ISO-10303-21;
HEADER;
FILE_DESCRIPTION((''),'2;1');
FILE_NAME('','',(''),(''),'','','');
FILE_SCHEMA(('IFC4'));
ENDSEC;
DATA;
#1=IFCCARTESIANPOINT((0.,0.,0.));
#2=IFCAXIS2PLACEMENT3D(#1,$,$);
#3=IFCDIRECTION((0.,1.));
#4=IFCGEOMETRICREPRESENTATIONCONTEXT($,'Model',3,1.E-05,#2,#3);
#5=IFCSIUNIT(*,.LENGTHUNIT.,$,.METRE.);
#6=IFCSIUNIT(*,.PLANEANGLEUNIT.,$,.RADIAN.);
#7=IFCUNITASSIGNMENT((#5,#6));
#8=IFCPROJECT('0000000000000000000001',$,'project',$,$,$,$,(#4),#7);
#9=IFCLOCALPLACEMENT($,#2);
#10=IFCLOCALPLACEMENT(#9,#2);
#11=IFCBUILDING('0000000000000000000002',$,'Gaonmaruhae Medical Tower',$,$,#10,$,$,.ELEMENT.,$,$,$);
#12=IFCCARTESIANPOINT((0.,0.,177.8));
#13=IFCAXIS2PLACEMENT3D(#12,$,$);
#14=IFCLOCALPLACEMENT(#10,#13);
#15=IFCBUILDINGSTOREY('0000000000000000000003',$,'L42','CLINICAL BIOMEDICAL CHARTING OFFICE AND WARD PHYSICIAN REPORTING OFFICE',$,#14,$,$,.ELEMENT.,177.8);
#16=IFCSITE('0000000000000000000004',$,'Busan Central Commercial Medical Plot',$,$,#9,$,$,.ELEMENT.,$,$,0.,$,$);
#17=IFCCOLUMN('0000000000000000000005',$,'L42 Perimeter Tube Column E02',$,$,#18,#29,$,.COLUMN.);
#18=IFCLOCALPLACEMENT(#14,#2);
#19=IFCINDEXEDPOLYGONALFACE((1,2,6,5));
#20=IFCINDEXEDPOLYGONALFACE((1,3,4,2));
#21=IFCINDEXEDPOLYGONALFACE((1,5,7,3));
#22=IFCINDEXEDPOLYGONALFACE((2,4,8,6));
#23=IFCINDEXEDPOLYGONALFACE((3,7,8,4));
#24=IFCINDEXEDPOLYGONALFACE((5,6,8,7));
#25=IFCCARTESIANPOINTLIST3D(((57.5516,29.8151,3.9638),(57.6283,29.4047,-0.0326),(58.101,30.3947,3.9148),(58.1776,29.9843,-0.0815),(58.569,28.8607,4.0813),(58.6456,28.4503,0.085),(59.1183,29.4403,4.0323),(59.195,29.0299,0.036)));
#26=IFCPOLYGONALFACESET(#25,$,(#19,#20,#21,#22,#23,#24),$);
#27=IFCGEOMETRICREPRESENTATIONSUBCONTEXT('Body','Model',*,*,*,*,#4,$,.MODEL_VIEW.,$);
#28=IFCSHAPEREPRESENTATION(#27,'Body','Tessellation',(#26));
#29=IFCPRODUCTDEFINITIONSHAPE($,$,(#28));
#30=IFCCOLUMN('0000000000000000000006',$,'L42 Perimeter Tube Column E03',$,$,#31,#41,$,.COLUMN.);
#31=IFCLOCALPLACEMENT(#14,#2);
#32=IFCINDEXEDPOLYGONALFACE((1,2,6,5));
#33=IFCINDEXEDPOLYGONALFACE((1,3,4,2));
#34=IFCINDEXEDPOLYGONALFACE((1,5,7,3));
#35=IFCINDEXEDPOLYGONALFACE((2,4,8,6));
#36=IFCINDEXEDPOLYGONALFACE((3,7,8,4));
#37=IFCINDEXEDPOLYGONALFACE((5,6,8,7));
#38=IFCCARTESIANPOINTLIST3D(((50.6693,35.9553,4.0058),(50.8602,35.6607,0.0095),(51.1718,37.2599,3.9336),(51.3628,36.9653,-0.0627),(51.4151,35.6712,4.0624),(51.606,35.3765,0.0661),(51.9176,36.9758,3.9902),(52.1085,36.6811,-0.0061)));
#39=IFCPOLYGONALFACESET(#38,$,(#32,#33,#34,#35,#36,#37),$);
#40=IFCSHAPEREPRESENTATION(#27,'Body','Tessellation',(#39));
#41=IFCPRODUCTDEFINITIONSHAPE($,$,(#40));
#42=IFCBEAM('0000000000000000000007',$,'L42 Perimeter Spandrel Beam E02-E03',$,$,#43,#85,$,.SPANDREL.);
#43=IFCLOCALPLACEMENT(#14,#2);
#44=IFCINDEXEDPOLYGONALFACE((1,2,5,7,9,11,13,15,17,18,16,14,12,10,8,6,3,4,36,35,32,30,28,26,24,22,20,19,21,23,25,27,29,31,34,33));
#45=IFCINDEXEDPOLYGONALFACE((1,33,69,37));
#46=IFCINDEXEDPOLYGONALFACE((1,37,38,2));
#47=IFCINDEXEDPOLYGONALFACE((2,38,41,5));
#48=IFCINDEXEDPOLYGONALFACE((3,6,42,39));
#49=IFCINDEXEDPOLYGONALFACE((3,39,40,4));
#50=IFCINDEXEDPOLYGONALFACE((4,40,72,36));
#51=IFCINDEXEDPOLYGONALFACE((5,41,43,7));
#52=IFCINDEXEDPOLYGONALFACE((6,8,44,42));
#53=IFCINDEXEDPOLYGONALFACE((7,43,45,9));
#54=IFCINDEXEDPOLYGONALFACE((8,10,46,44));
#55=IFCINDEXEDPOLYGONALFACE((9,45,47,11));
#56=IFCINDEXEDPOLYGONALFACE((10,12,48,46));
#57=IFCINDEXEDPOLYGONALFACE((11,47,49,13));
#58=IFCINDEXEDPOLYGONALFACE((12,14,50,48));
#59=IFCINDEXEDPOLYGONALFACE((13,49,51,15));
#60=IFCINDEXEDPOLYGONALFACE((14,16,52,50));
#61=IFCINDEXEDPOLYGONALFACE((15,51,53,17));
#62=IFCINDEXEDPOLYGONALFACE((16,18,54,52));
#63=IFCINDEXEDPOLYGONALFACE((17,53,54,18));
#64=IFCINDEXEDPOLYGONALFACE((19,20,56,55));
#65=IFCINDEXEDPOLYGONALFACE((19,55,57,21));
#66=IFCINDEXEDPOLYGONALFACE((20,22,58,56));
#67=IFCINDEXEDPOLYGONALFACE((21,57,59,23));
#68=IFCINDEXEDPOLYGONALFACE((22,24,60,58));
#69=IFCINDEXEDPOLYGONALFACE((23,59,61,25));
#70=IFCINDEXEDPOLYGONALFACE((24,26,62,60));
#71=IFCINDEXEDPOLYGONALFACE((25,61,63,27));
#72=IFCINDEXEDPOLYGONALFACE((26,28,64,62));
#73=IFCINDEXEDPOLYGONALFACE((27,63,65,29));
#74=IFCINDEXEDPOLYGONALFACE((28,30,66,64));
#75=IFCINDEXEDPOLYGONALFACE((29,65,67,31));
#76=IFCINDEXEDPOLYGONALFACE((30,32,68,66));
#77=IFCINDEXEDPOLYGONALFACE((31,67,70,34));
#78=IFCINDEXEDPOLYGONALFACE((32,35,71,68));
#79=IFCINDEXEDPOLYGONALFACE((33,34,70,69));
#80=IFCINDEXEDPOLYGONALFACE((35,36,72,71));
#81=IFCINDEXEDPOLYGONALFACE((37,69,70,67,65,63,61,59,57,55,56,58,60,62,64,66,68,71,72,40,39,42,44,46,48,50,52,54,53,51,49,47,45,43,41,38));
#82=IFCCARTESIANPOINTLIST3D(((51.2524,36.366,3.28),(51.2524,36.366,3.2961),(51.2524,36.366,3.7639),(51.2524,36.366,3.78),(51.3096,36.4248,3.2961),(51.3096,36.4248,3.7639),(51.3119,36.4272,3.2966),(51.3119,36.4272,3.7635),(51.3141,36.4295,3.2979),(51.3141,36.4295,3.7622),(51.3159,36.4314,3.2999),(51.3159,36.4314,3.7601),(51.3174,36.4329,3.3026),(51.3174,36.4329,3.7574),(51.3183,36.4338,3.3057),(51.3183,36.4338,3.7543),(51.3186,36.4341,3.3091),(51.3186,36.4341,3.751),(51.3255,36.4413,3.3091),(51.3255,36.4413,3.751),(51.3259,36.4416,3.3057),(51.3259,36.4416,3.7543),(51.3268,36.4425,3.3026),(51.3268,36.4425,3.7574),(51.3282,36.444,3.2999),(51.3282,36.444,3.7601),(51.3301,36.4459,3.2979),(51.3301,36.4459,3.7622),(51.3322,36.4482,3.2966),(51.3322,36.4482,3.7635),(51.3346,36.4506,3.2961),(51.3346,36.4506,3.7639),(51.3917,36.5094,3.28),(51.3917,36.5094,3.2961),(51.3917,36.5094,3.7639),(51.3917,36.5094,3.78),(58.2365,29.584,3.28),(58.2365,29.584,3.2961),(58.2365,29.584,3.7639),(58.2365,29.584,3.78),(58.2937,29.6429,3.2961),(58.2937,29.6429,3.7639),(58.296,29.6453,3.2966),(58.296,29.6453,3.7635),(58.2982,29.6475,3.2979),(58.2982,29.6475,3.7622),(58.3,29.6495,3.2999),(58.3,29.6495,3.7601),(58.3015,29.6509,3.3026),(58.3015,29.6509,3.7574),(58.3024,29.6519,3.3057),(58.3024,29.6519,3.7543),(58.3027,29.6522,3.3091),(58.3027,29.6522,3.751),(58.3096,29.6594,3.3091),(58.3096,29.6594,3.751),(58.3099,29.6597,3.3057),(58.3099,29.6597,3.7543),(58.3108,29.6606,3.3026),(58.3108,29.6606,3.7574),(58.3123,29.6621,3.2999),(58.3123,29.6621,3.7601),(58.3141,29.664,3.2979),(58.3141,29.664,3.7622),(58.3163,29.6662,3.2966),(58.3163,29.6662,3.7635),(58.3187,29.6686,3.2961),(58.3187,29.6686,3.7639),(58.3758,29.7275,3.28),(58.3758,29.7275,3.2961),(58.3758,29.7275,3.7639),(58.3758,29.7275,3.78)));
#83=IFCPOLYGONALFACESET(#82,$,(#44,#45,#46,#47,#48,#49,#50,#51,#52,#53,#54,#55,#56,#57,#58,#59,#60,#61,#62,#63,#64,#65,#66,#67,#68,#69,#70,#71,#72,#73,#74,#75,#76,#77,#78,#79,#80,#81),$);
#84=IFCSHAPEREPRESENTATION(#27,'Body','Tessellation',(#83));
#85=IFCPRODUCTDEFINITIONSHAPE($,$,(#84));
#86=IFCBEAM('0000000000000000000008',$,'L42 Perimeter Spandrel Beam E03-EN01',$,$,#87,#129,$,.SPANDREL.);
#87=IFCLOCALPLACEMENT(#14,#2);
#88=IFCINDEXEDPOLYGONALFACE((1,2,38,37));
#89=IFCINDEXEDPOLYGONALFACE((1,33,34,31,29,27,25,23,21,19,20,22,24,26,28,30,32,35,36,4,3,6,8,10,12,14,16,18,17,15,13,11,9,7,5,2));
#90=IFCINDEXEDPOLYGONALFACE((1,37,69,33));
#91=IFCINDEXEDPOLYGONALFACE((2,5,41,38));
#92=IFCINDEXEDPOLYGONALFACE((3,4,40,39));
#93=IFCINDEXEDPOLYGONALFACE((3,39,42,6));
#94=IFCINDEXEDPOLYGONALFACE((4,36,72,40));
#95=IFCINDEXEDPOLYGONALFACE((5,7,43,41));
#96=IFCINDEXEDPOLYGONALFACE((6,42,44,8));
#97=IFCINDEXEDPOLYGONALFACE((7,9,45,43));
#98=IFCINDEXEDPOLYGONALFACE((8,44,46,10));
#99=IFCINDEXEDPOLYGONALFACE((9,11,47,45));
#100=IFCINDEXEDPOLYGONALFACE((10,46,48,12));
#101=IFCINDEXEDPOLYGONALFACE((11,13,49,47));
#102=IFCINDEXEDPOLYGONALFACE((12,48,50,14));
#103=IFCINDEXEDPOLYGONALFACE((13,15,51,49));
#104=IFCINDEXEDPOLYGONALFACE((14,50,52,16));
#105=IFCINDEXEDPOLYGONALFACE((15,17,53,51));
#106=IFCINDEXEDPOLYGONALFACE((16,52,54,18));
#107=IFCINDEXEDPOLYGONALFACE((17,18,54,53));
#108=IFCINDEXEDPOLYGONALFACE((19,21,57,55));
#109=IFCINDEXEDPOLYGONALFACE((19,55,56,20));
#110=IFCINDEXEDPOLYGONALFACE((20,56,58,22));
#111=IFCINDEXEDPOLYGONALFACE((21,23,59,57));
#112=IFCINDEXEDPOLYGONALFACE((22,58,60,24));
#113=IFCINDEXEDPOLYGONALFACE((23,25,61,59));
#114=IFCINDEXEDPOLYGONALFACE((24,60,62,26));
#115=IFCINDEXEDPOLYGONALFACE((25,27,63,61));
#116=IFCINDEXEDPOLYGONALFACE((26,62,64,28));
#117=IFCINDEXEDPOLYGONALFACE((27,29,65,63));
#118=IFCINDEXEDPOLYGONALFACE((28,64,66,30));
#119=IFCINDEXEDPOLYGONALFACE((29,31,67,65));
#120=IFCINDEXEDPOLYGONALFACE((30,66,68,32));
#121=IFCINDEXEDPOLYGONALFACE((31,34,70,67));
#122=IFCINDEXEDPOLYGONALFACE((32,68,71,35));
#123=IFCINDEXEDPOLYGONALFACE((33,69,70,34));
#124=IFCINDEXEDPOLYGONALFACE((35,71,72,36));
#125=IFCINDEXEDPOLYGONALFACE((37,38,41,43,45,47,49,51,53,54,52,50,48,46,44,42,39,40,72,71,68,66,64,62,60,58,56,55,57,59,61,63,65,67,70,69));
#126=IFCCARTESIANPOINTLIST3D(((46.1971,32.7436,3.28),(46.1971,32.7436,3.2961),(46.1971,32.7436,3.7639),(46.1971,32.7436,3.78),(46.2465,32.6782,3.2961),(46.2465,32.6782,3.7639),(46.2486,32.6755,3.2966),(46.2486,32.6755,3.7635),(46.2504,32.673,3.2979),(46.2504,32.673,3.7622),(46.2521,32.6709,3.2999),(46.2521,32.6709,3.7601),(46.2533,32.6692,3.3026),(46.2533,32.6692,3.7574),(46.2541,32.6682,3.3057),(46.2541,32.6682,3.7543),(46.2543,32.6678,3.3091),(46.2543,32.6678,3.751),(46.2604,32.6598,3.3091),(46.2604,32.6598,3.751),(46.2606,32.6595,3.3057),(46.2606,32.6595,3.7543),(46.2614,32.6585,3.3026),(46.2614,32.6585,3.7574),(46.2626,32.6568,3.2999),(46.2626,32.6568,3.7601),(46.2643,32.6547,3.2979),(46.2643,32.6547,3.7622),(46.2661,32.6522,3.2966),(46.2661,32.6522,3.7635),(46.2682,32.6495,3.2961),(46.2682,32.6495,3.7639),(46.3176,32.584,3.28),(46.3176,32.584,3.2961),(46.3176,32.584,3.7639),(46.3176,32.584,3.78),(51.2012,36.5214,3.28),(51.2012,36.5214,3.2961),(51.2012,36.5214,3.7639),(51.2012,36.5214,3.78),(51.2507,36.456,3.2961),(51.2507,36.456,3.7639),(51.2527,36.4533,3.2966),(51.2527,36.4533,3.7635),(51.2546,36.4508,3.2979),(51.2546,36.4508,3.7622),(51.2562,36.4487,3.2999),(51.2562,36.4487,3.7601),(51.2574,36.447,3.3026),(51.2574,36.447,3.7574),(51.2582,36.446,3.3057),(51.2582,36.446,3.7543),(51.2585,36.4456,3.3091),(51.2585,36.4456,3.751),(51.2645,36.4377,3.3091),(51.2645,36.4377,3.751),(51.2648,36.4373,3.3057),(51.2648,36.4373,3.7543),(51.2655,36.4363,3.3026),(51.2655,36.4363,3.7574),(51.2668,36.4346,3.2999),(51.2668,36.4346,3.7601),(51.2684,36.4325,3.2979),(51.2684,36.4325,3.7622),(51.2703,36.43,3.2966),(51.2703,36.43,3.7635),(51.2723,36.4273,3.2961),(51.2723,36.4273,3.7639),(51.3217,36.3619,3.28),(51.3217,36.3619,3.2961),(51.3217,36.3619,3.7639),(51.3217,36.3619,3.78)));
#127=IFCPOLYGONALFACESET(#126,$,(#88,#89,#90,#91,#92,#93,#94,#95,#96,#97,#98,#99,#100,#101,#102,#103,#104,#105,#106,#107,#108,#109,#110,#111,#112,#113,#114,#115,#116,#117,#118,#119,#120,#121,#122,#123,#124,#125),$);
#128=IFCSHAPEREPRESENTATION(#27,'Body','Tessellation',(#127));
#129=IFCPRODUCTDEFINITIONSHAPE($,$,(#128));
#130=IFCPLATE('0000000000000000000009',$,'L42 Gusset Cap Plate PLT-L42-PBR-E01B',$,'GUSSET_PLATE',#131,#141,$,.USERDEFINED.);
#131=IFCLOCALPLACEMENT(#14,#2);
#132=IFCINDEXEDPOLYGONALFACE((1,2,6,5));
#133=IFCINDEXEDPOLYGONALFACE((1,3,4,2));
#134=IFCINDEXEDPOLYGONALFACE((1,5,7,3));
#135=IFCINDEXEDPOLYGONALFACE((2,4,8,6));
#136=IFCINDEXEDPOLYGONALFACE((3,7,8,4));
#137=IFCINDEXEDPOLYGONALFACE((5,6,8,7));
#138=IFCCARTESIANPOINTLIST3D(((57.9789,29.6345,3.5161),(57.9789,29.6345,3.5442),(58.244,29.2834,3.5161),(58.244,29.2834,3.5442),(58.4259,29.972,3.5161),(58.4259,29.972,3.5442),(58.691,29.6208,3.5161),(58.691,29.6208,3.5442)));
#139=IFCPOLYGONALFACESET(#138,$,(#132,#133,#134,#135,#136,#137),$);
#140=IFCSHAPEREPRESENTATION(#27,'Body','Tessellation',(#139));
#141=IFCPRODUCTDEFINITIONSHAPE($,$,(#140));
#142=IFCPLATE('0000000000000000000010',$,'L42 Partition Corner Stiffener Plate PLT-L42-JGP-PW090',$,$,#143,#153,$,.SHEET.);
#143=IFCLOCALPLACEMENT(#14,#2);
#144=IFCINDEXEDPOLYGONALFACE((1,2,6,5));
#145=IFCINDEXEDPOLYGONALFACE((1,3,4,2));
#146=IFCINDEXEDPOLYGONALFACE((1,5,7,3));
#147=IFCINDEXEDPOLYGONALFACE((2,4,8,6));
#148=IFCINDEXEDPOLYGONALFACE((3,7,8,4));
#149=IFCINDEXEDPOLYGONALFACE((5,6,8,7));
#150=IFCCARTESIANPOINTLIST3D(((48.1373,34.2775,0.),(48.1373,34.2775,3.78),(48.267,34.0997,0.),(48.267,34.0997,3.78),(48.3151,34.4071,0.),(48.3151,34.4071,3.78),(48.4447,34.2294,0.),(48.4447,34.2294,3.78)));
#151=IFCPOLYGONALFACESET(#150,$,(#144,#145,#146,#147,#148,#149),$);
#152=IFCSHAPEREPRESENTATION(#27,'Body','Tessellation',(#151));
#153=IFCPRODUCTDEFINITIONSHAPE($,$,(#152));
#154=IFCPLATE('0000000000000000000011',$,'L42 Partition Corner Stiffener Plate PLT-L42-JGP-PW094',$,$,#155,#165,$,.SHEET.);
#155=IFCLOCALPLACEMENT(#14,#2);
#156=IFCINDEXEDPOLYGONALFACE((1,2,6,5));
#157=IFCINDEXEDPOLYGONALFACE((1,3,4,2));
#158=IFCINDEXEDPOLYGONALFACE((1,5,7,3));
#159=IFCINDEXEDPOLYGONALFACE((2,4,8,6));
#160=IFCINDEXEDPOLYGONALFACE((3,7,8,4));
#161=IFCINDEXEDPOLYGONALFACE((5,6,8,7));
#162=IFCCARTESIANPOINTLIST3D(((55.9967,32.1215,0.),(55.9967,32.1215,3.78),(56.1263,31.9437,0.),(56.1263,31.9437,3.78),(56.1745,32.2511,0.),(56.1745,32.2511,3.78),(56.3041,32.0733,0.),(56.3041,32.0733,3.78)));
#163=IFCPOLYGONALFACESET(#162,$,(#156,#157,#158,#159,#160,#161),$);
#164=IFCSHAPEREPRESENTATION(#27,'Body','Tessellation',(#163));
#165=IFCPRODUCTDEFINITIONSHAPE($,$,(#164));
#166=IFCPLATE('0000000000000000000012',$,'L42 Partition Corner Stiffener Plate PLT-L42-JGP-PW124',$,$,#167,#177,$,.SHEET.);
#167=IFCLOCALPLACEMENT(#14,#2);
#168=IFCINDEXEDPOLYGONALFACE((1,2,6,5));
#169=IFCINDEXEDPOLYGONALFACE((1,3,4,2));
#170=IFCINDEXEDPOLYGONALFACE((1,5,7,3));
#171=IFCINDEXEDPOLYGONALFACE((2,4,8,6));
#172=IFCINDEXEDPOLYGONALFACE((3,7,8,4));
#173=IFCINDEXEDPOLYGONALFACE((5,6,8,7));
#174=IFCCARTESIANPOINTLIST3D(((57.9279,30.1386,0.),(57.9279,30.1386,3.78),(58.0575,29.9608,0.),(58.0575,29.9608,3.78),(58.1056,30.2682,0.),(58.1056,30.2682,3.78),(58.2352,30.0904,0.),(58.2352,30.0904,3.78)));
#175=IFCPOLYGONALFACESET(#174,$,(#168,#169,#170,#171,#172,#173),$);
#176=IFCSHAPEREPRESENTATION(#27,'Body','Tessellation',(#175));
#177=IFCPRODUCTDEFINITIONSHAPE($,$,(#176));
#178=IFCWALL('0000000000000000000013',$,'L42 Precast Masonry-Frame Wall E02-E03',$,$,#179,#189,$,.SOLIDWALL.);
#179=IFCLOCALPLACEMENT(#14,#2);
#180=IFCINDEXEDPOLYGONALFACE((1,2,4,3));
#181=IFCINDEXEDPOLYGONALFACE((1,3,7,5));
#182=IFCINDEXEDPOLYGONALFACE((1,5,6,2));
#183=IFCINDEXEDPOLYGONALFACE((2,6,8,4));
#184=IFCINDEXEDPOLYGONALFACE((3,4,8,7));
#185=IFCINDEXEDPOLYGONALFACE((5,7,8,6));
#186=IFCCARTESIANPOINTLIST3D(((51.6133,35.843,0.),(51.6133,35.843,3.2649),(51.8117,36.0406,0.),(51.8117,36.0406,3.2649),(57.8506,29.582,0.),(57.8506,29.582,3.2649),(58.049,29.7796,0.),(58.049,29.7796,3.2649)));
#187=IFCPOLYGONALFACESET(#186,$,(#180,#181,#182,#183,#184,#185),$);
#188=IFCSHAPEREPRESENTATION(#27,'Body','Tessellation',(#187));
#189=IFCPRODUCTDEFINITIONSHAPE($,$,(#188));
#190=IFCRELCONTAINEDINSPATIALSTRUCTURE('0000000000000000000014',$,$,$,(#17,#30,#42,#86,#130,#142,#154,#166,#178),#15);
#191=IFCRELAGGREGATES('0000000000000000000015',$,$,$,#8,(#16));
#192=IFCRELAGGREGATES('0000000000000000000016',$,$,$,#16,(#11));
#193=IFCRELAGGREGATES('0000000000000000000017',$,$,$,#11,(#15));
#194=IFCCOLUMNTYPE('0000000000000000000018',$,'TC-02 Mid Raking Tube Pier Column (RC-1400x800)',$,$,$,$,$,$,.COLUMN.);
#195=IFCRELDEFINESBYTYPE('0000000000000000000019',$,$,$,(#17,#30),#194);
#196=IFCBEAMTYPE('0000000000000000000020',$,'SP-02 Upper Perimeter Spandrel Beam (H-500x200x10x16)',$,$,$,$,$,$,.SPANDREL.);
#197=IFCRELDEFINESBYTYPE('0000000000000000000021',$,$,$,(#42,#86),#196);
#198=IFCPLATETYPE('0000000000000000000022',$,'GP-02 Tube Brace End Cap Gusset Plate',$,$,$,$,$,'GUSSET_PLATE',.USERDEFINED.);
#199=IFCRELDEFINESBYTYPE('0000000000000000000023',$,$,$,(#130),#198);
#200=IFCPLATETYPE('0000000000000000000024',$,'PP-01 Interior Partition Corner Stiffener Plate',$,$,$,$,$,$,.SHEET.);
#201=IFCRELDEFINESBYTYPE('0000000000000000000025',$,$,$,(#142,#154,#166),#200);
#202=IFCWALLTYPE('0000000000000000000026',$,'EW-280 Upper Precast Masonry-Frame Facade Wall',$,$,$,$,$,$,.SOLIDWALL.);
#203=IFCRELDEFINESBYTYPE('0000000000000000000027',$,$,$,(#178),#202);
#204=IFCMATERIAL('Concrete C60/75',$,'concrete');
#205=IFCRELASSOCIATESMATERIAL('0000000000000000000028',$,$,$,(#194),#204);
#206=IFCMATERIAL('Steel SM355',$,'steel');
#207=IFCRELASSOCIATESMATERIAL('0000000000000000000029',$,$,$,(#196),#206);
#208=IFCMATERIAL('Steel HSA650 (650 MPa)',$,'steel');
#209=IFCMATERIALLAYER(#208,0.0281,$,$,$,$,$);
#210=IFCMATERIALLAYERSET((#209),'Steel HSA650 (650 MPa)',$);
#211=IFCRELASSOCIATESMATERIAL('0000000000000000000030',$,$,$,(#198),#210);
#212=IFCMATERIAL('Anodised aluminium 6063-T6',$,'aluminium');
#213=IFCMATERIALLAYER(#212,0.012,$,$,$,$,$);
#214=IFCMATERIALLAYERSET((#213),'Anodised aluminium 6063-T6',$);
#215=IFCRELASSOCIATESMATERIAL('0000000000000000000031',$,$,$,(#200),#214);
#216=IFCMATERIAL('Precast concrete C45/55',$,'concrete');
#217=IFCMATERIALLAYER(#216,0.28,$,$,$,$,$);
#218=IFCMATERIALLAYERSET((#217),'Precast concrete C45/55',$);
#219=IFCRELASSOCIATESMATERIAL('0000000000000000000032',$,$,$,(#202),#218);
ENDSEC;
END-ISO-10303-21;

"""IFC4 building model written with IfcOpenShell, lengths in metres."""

from ifc_helpers import new_model, si_unit, direction, frame, frame_2d, origin, origin_2d, place, context, subcontext, project, spatial, rectangle, i_section, extrude, material, layer, layer_set, material_profile, profile_set, type_object, element, save


model = new_model("IFC4")

# Units and contexts
model_context = context("Model", 3, precision=1e-05, world=origin(), true_north=direction((0.0, 1.0)))
body_context = subcontext(model_context, "Body", "Model", "MODEL_VIEW")
ifc_project = project(units=[si_unit("LENGTHUNIT", "METRE"), si_unit("PLANEANGLEUNIT", "RADIAN")], contexts=[model_context])

# Site, building, storey
site_placement = place(None, origin())
site = spatial("IfcSite", under=ifc_project, at=site_placement, Name="Busan Central Commercial Medical Plot", CompositionType="ELEMENT", RefElevation=0.0)
building_placement = place(site_placement, origin())
building = spatial("IfcBuilding", under=site, at=building_placement, Name="Gaonmaruhae Medical Tower", CompositionType="ELEMENT")
storey_placement = place(building_placement, frame((0.0, 0.0, 177.8)))
storey = spatial("IfcBuildingStorey", under=building, at=storey_placement, Name="L42", Description="CLINICAL BIOMEDICAL CHARTING OFFICE AND WARD PHYSICIAN REPORTING OFFICE", CompositionType="ELEMENT", Elevation=177.8)

# Columns
ifc_material_1 = material(Name="Concrete C60/75", Category="concrete")
ifc_material_profile_1 = material_profile(ifc_material_1, rectangle(XDim=1.3999, YDim=0.8, at=origin_2d()), Name="RC-1400x800")
ifc_profile_set_1 = profile_set([ifc_material_profile_1], Name="Concrete C60/75")
column_type = type_object("IfcColumnType", Name="TC-02 Mid Raking Tube Pier Column (RC-1400x800)", PredefinedType="COLUMN", material=ifc_profile_set_1)
column_1_placement = place(storey_placement, frame((58.4116, 29.2173, 0.0017), z_axis=(-0.019079, 0.102138, 0.994587), x_axis=(0.726737, -0.681766, 0.083954)))
element("IfcColumn", 1, at=column_1_placement, inside=storey, type_object=column_type, Name="L42 Perimeter Tube Column E02", PredefinedType="COLUMN", context=body_context, shape_type="SweptSolid", body=[
    extrude(rectangle(XDim=1.3999, YDim=0.8, at=origin_2d()), origin(), (0.0, 0.0, 1.0), 4.0181),
])
column_2_placement = place(storey_placement, frame((51.4844, 36.1709, 0.0017), z_axis=(-0.04759, 0.073454, 0.996162), x_axis=(-0.358967, -0.931925, 0.051568)))
element("IfcColumn", 2, at=column_2_placement, inside=storey, type_object=column_type, Name="L42 Perimeter Tube Column E03", PredefinedType="COLUMN", context=body_context, shape_type="SweptSolid", body=[
    extrude(rectangle(XDim=1.3999, YDim=0.8, at=origin_2d()), origin(), (0.0, 0.0, 1.0), 4.0117),
])

# Beams
ifc_material_2 = material(Name="Steel SM355", Category="steel")
ifc_material_profile_2 = material_profile(ifc_material_2, i_section(OverallWidth=0.2, OverallDepth=0.5, WebThickness=0.01, FlangeThickness=0.0161, FilletRadius=0.0129, at=origin_2d()), Name="H-500x200x10x16")
ifc_profile_set_2 = profile_set([ifc_material_profile_2], Name="Steel SM355")
beam_type = type_object("IfcBeamType", Name="SP-02 Upper Perimeter Spandrel Beam (H-500x200x10x16)", PredefinedType="SPANDREL", material=ifc_profile_set_2)
beam_1_placement = place(storey_placement, frame((58.3062, 29.6558, 3.53), z_axis=(-0.717413, 0.696648, 0.0), x_axis=(-0.696648, -0.717413, 0.0)))
element("IfcBeam", 3, at=beam_1_placement, inside=storey, type_object=beam_type, Name="L42 Perimeter Spandrel Beam E02-E03", PredefinedType="SPANDREL", context=body_context, shape_type="SweptSolid", body=[
    extrude(i_section(OverallWidth=0.2, OverallDepth=0.5, WebThickness=0.01, FlangeThickness=0.0161, FilletRadius=0.0129, at=origin_2d()), origin(), (0.0, 0.0, 1.0), 9.7351),
])
beam_2_placement = place(storey_placement, frame((51.2615, 36.4417, 3.53), z_axis=(-0.798104, -0.60252, 0.0), x_axis=(0.60252, -0.798104, 0.0)))
element("IfcBeam", 4, at=beam_2_placement, inside=storey, type_object=beam_type, Name="L42 Perimeter Spandrel Beam E03-EN01", PredefinedType="SPANDREL", context=body_context, shape_type="SweptSolid", body=[
    extrude(i_section(OverallWidth=0.2, OverallDepth=0.5, WebThickness=0.01, FlangeThickness=0.0161, FilletRadius=0.0129, at=origin_2d()), origin(), (0.0, 0.0, 1.0), 6.27),
])

# Plates
ifc_material_3 = material(Name="Steel HSA650 (650 MPa)", Category="steel")
ifc_layer_1 = layer(ifc_material_3, 0.0281)
ifc_layer_set_1 = layer_set([ifc_layer_1], Name="Steel HSA650 (650 MPa)")
plate_type_1 = type_object("IfcPlateType", Name="GP-02 Tube Brace End Cap Gusset Plate", ElementType="GUSSET_PLATE", PredefinedType="USERDEFINED", material=ifc_layer_set_1)
plate_placement = place(storey_placement, frame((58.335, 29.6277, 3.5161), z_axis=(0.0, 0.0, 1.0), x_axis=(0.79811, 0.602512, 0.0)))
element("IfcPlate", 5, at=plate_placement, inside=storey, type_object=plate_type_1, Name="L42 Gusset Cap Plate PLT-L42-PBR-E01B", ObjectType="GUSSET_PLATE", PredefinedType="USERDEFINED", context=body_context, shape_type="SweptSolid", body=[
    extrude(rectangle(XDim=0.5601, YDim=0.4399, at=origin_2d()), origin(), (0.0, 0.0, 1.0), 0.0281),
])
ifc_material_4 = material(Name="Anodised aluminium 6063-T6", Category="aluminium")
ifc_layer_2 = layer(ifc_material_4, 0.012)
ifc_layer_set_2 = layer_set([ifc_layer_2], Name="Anodised aluminium 6063-T6")
plate_type_2 = type_object("IfcPlateType", Name="PP-01 Interior Partition Corner Stiffener Plate", PredefinedType="SHEET", material=ifc_layer_set_2)
for number, where, z_axis, x_axis, name in (
    (6, (48.291, 34.2534, 0.0), (0.0, 0.0, 1.0), (0.589267, -0.807938, 0.0), "L42 Partition Corner Stiffener Plate PLT-L42-JGP-PW090"),
    (7, (56.1504, 32.0974, 0.0), (0.0, 0.0, 1.0), (-0.80799, -0.589196, 0.0), "L42 Partition Corner Stiffener Plate PLT-L42-JGP-PW094"),
    (8, (58.0815, 30.1145, 0.0), (0.0, 0.0, 1.0), (0.808062, 0.589098, 0.0), "L42 Partition Corner Stiffener Plate PLT-L42-JGP-PW124"),
):
    element("IfcPlate", number, at=place(storey_placement, frame(where, z_axis=z_axis, x_axis=x_axis)), inside=storey, type_object=plate_type_2, Name=name, PredefinedType="SHEET", context=body_context, shape_type="SweptSolid", body=[
        extrude(rectangle(XDim=0.22, YDim=0.22, at=origin_2d()), origin(), (0.0, 0.0, 1.0), 3.78),
    ])

# Wall
ifc_material_5 = material(Name="Precast concrete C45/55", Category="concrete")
ifc_layer_3 = layer(ifc_material_5, 0.28)
ifc_layer_set_3 = layer_set([ifc_layer_3], Name="Precast concrete C45/55")
wall_type_1 = type_object("IfcWallType", Name="EW-280 Upper Precast Masonry-Frame Facade Wall", PredefinedType="SOLIDWALL", material=ifc_layer_set_3)
wall_1_placement = place(storey_placement, frame((51.7124, 35.9419, 0.0), z_axis=(0.0, 0.0, 1.0), x_axis=(0.705766, -0.708445, 0.0)))
element("IfcWall", 9, at=wall_1_placement, inside=storey, type_object=wall_type_1, Name="L42 Precast Masonry-Frame Wall E02-E03", PredefinedType="SOLIDWALL", context=body_context, shape_type="SweptSolid", body=[
    extrude(rectangle(XDim=8.8376, YDim=0.28, at=frame_2d((4.4189, 0.0))), origin(), (0.0, 0.0, 1.0), 3.2649),
])

save(model, "model.ifc")
